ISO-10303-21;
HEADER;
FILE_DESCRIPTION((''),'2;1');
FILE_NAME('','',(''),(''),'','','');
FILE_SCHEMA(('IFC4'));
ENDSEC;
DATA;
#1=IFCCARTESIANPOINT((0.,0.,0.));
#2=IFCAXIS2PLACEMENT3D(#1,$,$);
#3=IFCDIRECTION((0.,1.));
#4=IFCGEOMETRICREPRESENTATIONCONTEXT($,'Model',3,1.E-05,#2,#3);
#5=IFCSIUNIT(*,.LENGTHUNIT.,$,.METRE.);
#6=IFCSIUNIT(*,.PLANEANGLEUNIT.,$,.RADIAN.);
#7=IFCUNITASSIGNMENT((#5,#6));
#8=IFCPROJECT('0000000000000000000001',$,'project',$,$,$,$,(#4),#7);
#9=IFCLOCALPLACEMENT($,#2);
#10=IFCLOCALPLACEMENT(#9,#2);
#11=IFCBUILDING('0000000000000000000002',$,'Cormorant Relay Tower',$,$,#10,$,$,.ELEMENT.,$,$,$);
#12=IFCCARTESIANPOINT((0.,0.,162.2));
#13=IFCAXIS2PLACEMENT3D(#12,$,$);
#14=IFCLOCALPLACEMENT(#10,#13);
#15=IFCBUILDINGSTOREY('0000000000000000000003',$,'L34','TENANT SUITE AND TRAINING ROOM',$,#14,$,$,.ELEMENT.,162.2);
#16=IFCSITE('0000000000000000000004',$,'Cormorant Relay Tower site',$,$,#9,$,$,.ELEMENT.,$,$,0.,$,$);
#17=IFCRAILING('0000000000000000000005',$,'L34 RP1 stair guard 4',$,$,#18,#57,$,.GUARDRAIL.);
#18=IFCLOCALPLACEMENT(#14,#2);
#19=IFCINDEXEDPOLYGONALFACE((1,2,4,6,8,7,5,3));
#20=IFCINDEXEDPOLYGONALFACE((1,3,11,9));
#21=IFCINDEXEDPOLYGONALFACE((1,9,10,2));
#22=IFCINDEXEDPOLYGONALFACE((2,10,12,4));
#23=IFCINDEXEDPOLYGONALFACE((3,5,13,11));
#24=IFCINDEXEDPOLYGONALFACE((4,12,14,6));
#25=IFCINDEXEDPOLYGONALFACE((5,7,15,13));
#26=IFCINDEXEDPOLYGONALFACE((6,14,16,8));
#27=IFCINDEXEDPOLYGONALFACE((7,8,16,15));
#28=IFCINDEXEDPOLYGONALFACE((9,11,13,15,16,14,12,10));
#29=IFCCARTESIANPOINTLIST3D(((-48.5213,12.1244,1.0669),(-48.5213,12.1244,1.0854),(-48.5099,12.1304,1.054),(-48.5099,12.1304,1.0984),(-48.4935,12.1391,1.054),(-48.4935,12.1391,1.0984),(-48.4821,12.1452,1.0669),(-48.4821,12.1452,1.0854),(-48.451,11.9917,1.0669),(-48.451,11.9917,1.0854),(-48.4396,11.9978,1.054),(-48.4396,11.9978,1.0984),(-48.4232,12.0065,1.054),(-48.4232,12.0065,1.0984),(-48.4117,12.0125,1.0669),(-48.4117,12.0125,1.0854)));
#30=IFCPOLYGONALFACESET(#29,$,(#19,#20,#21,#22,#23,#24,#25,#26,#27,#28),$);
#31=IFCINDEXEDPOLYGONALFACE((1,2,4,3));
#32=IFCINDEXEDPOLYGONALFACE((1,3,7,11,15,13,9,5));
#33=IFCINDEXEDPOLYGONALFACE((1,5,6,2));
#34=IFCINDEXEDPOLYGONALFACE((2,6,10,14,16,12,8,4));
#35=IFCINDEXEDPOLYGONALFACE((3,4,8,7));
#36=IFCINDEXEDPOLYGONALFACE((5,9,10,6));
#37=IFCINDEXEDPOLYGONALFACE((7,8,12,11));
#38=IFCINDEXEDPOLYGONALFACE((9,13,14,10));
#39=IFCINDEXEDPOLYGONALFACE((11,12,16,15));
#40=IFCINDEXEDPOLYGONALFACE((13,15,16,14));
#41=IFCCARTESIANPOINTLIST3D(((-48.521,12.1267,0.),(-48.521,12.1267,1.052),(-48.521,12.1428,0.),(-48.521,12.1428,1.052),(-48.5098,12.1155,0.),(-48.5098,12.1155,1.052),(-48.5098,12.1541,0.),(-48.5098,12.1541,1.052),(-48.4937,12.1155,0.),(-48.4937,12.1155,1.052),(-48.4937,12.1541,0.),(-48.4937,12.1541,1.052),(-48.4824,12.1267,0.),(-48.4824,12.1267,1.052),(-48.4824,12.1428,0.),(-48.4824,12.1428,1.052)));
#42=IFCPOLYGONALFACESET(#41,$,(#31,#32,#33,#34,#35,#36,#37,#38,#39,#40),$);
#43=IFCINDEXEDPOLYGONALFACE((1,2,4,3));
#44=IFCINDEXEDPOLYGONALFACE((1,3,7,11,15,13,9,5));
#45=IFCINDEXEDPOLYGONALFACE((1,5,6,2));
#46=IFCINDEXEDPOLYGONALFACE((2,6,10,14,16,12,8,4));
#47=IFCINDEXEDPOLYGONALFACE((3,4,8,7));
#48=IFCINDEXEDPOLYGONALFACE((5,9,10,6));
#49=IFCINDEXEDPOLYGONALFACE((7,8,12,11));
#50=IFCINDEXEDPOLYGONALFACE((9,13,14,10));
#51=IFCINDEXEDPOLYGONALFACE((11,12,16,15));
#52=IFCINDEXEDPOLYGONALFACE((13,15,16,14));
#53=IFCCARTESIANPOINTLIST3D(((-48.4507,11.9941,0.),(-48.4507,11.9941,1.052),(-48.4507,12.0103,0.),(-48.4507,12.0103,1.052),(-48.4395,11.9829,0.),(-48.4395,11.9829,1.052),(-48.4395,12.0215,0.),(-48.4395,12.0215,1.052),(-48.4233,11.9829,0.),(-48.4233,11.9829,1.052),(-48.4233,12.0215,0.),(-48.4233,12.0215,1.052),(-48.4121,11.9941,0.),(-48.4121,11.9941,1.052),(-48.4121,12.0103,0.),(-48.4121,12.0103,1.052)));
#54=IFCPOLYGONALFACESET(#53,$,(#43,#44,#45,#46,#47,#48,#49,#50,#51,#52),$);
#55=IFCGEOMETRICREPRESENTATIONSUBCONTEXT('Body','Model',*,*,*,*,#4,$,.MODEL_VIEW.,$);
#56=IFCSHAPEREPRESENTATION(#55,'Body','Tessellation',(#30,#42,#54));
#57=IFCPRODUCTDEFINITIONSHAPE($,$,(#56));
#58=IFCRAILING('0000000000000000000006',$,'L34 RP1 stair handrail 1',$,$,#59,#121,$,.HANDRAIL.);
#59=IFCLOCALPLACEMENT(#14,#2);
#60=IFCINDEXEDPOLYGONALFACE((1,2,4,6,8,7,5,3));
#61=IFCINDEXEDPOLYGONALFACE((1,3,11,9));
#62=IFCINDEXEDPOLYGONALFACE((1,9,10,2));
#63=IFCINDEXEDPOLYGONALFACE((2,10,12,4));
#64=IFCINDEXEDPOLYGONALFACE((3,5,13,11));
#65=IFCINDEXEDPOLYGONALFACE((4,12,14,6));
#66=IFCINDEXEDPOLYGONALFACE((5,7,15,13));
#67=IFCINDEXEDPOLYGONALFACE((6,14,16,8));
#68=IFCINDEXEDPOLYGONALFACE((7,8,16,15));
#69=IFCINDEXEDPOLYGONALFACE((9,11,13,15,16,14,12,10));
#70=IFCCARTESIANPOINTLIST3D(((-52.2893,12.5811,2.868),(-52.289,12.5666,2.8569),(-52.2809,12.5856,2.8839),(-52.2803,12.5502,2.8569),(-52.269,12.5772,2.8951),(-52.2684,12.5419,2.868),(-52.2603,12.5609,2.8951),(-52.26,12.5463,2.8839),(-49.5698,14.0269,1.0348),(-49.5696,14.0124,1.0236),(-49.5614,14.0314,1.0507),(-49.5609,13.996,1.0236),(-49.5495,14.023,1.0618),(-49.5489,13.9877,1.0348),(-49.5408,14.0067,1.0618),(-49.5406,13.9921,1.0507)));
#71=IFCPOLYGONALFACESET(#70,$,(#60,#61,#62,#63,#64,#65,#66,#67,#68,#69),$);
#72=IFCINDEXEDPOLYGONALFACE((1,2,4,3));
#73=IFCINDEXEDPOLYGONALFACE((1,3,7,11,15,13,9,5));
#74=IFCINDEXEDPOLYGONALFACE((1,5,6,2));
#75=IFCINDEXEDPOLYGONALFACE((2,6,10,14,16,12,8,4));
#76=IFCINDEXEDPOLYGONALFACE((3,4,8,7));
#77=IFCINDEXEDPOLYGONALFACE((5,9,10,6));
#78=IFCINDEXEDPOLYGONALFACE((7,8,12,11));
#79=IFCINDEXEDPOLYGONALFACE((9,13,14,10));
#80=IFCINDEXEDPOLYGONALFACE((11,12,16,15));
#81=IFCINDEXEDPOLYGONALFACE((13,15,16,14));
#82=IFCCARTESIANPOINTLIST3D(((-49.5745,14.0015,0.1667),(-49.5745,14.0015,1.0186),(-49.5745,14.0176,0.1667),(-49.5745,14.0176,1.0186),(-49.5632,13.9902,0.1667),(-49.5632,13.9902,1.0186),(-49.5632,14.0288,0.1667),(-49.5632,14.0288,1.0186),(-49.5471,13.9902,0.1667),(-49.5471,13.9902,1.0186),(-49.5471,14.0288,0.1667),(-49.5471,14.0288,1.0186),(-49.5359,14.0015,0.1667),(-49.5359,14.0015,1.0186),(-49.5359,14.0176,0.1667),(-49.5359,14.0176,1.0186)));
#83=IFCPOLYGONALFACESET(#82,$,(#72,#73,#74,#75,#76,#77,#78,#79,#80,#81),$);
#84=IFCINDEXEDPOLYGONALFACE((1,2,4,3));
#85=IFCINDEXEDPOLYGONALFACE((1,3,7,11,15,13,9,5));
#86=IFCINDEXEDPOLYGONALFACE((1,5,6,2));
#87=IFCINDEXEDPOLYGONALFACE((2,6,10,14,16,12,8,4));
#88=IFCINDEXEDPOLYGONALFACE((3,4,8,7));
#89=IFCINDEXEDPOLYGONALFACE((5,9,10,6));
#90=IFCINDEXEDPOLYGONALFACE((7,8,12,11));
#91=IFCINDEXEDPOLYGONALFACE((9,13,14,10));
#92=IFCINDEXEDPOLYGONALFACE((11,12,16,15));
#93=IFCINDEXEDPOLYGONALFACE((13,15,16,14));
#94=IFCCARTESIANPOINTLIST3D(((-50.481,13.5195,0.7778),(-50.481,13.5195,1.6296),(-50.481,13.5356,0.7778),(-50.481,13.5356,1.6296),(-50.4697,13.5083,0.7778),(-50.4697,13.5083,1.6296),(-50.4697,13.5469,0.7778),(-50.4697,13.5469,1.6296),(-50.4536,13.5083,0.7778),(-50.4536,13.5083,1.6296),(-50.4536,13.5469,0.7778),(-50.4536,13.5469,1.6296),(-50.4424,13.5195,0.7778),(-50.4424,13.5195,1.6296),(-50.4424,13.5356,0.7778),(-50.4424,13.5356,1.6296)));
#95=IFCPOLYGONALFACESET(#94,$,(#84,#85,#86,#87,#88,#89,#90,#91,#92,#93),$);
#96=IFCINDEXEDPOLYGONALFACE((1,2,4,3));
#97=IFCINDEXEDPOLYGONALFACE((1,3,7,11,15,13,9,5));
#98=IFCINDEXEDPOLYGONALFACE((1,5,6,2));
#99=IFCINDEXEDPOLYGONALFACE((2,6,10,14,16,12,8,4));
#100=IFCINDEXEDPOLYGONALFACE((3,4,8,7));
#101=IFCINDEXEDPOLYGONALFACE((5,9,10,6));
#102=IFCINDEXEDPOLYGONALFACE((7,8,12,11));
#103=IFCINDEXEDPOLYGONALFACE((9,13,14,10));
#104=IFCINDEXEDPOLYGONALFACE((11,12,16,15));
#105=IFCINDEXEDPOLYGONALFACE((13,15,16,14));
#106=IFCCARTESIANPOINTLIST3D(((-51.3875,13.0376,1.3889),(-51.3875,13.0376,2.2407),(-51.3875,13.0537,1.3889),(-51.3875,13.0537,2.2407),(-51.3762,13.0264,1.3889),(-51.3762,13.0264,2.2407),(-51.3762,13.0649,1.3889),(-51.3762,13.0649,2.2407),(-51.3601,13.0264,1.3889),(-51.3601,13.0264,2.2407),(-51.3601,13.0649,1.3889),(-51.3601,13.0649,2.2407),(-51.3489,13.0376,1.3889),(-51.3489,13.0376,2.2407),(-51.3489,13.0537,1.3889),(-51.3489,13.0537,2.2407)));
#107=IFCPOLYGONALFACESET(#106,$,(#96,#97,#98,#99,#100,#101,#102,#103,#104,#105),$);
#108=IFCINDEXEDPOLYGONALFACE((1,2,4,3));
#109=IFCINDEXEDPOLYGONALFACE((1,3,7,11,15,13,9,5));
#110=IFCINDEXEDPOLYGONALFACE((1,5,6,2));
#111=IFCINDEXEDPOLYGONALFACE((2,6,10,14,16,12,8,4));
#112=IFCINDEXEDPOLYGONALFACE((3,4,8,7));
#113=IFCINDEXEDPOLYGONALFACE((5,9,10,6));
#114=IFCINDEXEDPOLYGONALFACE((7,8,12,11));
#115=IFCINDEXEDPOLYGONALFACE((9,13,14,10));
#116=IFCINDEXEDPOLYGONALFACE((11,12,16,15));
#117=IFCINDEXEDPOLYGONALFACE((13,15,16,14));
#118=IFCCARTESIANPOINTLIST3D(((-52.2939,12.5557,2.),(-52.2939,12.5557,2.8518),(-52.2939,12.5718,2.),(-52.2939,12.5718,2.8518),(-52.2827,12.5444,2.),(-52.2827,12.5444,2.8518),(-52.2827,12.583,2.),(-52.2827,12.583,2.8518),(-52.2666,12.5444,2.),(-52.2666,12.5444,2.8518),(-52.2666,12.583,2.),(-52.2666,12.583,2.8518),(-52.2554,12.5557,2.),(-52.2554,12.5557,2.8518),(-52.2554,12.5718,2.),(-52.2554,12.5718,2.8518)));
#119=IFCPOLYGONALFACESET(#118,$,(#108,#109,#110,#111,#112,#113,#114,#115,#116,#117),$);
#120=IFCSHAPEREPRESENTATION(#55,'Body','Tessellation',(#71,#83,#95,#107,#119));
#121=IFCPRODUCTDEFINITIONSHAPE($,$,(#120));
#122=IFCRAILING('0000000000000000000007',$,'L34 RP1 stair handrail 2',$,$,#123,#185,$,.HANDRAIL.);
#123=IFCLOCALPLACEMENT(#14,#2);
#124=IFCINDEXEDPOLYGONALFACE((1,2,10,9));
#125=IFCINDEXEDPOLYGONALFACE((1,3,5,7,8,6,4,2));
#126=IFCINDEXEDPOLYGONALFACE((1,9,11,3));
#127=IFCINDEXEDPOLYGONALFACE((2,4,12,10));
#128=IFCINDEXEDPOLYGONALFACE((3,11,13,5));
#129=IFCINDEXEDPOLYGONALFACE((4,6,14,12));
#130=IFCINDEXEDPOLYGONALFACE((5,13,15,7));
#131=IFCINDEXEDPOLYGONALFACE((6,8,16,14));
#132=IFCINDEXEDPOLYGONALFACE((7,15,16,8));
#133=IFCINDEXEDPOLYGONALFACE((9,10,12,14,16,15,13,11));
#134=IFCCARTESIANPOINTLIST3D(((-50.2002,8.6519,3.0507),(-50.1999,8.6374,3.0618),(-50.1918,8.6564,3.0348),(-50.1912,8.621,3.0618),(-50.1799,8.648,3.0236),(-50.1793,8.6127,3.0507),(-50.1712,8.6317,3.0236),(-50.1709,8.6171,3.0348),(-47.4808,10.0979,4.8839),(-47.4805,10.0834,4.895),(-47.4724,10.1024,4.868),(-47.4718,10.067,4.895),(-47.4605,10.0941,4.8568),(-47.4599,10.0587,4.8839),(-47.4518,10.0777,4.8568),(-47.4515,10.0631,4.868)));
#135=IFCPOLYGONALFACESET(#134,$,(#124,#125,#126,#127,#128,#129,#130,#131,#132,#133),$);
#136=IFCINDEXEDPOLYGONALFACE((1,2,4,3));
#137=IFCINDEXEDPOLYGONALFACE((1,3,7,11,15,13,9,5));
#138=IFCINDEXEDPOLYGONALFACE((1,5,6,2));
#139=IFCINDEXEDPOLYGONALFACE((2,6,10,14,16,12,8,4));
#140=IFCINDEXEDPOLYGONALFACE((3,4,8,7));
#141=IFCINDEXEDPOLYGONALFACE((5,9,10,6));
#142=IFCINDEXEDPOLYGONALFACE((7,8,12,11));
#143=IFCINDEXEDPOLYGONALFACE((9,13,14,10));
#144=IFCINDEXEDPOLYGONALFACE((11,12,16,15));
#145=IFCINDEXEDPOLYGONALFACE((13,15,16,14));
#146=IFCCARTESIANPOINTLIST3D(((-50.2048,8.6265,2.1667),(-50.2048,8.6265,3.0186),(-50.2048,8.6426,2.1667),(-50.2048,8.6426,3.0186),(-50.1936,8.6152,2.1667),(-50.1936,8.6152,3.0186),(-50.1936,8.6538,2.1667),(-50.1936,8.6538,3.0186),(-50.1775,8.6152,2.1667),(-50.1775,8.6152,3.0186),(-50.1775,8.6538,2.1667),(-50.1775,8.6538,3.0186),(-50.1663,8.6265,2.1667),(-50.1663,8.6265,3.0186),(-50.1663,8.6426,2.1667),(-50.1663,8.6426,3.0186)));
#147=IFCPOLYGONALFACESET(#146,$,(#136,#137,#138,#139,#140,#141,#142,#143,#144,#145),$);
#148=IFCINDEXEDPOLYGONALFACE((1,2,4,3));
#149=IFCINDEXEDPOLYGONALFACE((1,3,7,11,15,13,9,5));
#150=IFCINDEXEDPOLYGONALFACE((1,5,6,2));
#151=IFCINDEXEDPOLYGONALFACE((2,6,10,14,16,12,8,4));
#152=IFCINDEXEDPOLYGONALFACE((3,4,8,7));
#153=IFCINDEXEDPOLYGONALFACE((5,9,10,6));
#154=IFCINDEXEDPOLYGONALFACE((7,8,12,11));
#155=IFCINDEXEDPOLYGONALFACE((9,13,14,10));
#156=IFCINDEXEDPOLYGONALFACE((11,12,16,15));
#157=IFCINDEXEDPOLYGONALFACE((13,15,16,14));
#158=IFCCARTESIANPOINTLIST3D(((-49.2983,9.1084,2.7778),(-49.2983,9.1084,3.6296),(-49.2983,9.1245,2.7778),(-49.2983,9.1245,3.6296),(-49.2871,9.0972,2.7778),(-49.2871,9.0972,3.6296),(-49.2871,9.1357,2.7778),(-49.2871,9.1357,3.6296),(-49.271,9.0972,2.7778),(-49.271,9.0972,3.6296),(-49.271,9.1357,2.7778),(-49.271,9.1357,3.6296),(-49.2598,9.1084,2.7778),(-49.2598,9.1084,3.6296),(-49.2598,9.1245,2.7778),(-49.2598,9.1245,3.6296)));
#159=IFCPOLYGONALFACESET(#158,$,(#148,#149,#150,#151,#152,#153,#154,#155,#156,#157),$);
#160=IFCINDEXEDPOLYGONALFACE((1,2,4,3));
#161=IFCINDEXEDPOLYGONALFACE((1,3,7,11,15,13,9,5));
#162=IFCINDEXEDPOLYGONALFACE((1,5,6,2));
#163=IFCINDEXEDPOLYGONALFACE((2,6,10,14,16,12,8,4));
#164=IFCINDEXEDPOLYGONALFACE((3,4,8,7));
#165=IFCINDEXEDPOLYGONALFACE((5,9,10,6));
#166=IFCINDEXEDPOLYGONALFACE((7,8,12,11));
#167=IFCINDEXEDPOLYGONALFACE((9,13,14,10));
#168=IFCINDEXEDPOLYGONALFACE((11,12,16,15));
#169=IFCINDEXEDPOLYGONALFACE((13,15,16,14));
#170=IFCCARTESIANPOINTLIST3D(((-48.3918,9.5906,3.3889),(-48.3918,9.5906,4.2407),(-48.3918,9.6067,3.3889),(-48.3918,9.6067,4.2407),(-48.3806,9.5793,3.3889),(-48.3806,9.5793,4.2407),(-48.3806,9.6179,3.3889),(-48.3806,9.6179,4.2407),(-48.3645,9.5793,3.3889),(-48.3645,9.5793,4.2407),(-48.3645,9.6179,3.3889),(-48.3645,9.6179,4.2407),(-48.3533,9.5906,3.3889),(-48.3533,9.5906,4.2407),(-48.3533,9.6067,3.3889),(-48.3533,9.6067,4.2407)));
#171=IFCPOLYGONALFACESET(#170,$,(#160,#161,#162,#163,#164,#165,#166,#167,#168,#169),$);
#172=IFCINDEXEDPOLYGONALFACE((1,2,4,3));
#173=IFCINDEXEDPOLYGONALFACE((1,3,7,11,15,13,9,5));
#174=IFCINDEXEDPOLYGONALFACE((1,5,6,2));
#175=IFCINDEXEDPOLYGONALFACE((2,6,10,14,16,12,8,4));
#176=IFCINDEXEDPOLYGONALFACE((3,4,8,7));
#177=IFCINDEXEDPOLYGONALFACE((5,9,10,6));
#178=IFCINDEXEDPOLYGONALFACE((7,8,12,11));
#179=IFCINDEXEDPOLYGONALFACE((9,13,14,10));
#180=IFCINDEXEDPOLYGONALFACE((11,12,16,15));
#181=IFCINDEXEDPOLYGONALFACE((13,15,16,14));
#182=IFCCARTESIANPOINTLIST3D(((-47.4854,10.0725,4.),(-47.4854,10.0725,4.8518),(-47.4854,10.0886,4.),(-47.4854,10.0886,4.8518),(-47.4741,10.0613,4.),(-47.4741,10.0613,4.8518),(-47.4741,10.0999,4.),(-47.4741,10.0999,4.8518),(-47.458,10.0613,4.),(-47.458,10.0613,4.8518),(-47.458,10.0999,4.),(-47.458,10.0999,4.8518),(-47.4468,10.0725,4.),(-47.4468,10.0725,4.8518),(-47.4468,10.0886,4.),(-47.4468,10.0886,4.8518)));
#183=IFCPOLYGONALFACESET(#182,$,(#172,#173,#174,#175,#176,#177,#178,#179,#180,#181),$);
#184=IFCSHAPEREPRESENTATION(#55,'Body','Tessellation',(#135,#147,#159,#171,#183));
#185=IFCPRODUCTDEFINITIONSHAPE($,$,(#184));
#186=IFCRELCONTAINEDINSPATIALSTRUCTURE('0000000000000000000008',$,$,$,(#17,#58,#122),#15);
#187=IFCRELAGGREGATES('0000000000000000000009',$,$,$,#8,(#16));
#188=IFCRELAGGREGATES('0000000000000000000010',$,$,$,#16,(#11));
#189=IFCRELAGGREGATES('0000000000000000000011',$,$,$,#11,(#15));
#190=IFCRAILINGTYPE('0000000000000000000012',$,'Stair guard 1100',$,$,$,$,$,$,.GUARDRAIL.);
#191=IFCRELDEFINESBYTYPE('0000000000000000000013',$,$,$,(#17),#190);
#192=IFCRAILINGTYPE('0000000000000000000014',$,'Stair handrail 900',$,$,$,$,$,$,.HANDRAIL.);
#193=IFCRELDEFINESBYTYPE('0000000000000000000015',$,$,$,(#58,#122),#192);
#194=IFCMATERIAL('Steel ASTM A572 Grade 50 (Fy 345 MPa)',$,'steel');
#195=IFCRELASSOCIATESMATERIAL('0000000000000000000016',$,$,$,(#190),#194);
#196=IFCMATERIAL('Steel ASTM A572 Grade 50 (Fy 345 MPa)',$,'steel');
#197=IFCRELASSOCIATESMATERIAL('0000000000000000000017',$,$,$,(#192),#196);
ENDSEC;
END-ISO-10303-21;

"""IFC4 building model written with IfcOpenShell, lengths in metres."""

from ifc_helpers import new_model, si_unit, direction, frame, origin, place, context, subcontext, project, spatial, polyline, outline, extrude, material, type_object, element, save


model = new_model("IFC4")

# Units and contexts
model_context = context("Model", 3, precision=1e-05, world=origin(), true_north=direction((0.0, 1.0)))
body_context = subcontext(model_context, "Body", "Model", "MODEL_VIEW")
ifc_project = project(units=[si_unit("LENGTHUNIT", "METRE"), si_unit("PLANEANGLEUNIT", "RADIAN")], contexts=[model_context])

# Site, building, storey
site_placement = place(None, origin())
site = spatial("IfcSite", under=ifc_project, at=site_placement, Name="Cormorant Relay Tower site", CompositionType="ELEMENT", RefElevation=0.0)
building_placement = place(site_placement, origin())
building = spatial("IfcBuilding", under=site, at=building_placement, Name="Cormorant Relay Tower", CompositionType="ELEMENT")
storey_placement = place(building_placement, frame((0.0, 0.0, 162.2)))
storey = spatial("IfcBuildingStorey", under=building, at=storey_placement, Name="L34", Description="TENANT SUITE AND TRAINING ROOM", CompositionType="ELEMENT", Elevation=162.2)

# Railings
ifc_material_1 = material(Name="Steel ASTM A572 Grade 50 (Fy 345 MPa)", Category="steel")
railing_type_1 = type_object("IfcRailingType", Name="Stair guard 1100", PredefinedType="GUARDRAIL", material=ifc_material_1)
railing_1_placement = place(storey_placement, frame((-48.5017, 12.1348, 0.0)))
element("IfcRailing", 1, at=railing_1_placement, inside=storey, type_object=railing_type_1, Name="L34 RP1 stair guard 4", PredefinedType="GUARDRAIL", context=body_context, shape_type="SweptSolid", body=[
    extrude(outline(polyline([(0.0222, 0.0093), (0.0093, 0.0222), (-0.0093, 0.0222), (-0.0222, 0.0093), (-0.0222, -0.0093), (-0.0093, -0.0222), (0.0093, -0.0222), (0.0222, -0.0093), (0.0222, 0.0093)])), frame((0.0, 0.0, 1.0762), z_axis=(0.46856, -0.883431, 0.0), x_axis=(0.883431, 0.46856, 0.0)), (0.0, 0.0, 1.0), 0.1501),
    extrude(outline(polyline([(0.0193, 0.0081), (0.0081, 0.0193), (-0.0081, 0.0193), (-0.0193, 0.0081), (-0.0193, -0.0081), (-0.0081, -0.0193), (0.0081, -0.0193), (0.0193, -0.0081), (0.0193, 0.0081)])), origin(), (0.0, 0.0, 1.0), 1.052),
    extrude(outline(polyline([(0.0193, 0.0081), (0.0081, 0.0193), (-0.0081, 0.0193), (-0.0193, 0.0081), (-0.0193, -0.0081), (-0.0081, -0.0193), (0.0081, -0.0193), (0.0193, -0.0081), (0.0193, 0.0081)])), frame((0.0703, -0.1326, 0.0)), (0.0, 0.0, 1.0), 1.052),
])
ifc_material_2 = material(Name="Steel ASTM A572 Grade 50 (Fy 345 MPa)", Category="steel")
railing_type_2 = type_object("IfcRailingType", Name="Stair handrail 900", PredefinedType="HANDRAIL", material=ifc_material_2)
railing_2_placement = place(storey_placement, frame((-49.5552, 14.0095, 0.1667)))
element("IfcRailing", 2, at=railing_2_placement, inside=storey, type_object=railing_type_2, Name="L34 RP1 stair handrail 1", PredefinedType="HANDRAIL", context=body_context, shape_type="SweptSolid", body=[
    extrude(outline(polyline([(0.0222, 0.0093), (0.0093, 0.0222), (-0.0093, 0.0222), (-0.0222, 0.0093), (-0.0222, -0.0093), (-0.0093, -0.0222), (0.0093, -0.0222), (0.0222, -0.0093), (0.0222, 0.0093)])), frame((0.0, 0.0, 0.876), z_axis=(-0.758735, -0.403378, 0.511477), x_axis=(0.469428, -0.882971, 0.0)), (0.0, 0.0, 1.0), 3.5842),
    extrude(outline(polyline([(0.0193, 0.0081), (0.0081, 0.0193), (-0.0081, 0.0193), (-0.0193, 0.0081), (-0.0193, -0.0081), (-0.0081, -0.0193), (0.0081, -0.0193), (0.0193, -0.0081), (0.0193, 0.0081)])), origin(), (0.0, 0.0, 1.0), 0.8518),
    extrude(outline(polyline([(0.0193, 0.0081), (0.0081, 0.0193), (-0.0081, 0.0193), (-0.0193, 0.0081), (-0.0193, -0.0081), (-0.0081, -0.0193), (0.0081, -0.0193), (0.0193, -0.0081), (0.0193, 0.0081)])), frame((-0.9065, -0.4819, 0.6111)), (0.0, 0.0, 1.0), 0.8518),
    extrude(outline(polyline([(0.0193, 0.0081), (0.0081, 0.0193), (-0.0081, 0.0193), (-0.0193, 0.0081), (-0.0193, -0.0081), (-0.0081, -0.0193), (0.0081, -0.0193), (0.0193, -0.0081), (0.0193, 0.0081)])), frame((-1.813, -0.9639, 1.2222)), (0.0, 0.0, 1.0), 0.8518),
    extrude(outline(polyline([(0.0193, 0.0081), (0.0081, 0.0193), (-0.0081, 0.0193), (-0.0193, 0.0081), (-0.0193, -0.0081), (-0.0081, -0.0193), (0.0081, -0.0193), (0.0193, -0.0081), (0.0193, 0.0081)])), frame((-2.7195, -1.4458, 1.8333)), (0.0, 0.0, 1.0), 0.8518),
])
railing_3_placement = place(storey_placement, frame((-50.1855, 8.6345, 2.1667)))
element("IfcRailing", 3, at=railing_3_placement, inside=storey, type_object=railing_type_2, Name="L34 RP1 stair handrail 2", PredefinedType="HANDRAIL", context=body_context, shape_type="SweptSolid", body=[
    extrude(outline(polyline([(0.0222, 0.0093), (0.0093, 0.0222), (-0.0093, 0.0222), (-0.0222, 0.0093), (-0.0222, -0.0093), (-0.0093, -0.0222), (0.0093, -0.0222), (0.0222, -0.0093), (0.0222, 0.0093)])), frame((0.0, 0.0, 0.876), z_axis=(0.758714, 0.403435, 0.511463), x_axis=(-0.469489, 0.882938, 0.0)), (0.0, 0.0, 1.0), 3.5842),
    extrude(outline(polyline([(0.0193, 0.0081), (0.0081, 0.0193), (-0.0081, 0.0193), (-0.0193, 0.0081), (-0.0193, -0.0081), (-0.0081, -0.0193), (0.0081, -0.0193), (0.0193, -0.0081), (0.0193, 0.0081)])), origin(), (0.0, 0.0, 1.0), 0.8518),
    extrude(outline(polyline([(0.0193, 0.0081), (0.0081, 0.0193), (-0.0081, 0.0193), (-0.0193, 0.0081), (-0.0193, -0.0081), (-0.0081, -0.0193), (0.0081, -0.0193), (0.0193, -0.0081), (0.0193, 0.0081)])), frame((0.9065, 0.4819, 0.6111)), (0.0, 0.0, 1.0), 0.8518),
    extrude(outline(polyline([(0.0193, 0.0081), (0.0081, 0.0193), (-0.0081, 0.0193), (-0.0193, 0.0081), (-0.0193, -0.0081), (-0.0081, -0.0193), (0.0081, -0.0193), (0.0193, -0.0081), (0.0193, 0.0081)])), frame((1.813, 0.9641, 1.2222)), (0.0, 0.0, 1.0), 0.8518),
    extrude(outline(polyline([(0.0193, 0.0081), (0.0081, 0.0193), (-0.0081, 0.0193), (-0.0193, 0.0081), (-0.0193, -0.0081), (-0.0081, -0.0193), (0.0081, -0.0193), (0.0193, -0.0081), (0.0193, 0.0081)])), frame((2.7195, 1.446, 1.8333)), (0.0, 0.0, 1.0), 0.8518),
])

save(model, "model.ifc")
